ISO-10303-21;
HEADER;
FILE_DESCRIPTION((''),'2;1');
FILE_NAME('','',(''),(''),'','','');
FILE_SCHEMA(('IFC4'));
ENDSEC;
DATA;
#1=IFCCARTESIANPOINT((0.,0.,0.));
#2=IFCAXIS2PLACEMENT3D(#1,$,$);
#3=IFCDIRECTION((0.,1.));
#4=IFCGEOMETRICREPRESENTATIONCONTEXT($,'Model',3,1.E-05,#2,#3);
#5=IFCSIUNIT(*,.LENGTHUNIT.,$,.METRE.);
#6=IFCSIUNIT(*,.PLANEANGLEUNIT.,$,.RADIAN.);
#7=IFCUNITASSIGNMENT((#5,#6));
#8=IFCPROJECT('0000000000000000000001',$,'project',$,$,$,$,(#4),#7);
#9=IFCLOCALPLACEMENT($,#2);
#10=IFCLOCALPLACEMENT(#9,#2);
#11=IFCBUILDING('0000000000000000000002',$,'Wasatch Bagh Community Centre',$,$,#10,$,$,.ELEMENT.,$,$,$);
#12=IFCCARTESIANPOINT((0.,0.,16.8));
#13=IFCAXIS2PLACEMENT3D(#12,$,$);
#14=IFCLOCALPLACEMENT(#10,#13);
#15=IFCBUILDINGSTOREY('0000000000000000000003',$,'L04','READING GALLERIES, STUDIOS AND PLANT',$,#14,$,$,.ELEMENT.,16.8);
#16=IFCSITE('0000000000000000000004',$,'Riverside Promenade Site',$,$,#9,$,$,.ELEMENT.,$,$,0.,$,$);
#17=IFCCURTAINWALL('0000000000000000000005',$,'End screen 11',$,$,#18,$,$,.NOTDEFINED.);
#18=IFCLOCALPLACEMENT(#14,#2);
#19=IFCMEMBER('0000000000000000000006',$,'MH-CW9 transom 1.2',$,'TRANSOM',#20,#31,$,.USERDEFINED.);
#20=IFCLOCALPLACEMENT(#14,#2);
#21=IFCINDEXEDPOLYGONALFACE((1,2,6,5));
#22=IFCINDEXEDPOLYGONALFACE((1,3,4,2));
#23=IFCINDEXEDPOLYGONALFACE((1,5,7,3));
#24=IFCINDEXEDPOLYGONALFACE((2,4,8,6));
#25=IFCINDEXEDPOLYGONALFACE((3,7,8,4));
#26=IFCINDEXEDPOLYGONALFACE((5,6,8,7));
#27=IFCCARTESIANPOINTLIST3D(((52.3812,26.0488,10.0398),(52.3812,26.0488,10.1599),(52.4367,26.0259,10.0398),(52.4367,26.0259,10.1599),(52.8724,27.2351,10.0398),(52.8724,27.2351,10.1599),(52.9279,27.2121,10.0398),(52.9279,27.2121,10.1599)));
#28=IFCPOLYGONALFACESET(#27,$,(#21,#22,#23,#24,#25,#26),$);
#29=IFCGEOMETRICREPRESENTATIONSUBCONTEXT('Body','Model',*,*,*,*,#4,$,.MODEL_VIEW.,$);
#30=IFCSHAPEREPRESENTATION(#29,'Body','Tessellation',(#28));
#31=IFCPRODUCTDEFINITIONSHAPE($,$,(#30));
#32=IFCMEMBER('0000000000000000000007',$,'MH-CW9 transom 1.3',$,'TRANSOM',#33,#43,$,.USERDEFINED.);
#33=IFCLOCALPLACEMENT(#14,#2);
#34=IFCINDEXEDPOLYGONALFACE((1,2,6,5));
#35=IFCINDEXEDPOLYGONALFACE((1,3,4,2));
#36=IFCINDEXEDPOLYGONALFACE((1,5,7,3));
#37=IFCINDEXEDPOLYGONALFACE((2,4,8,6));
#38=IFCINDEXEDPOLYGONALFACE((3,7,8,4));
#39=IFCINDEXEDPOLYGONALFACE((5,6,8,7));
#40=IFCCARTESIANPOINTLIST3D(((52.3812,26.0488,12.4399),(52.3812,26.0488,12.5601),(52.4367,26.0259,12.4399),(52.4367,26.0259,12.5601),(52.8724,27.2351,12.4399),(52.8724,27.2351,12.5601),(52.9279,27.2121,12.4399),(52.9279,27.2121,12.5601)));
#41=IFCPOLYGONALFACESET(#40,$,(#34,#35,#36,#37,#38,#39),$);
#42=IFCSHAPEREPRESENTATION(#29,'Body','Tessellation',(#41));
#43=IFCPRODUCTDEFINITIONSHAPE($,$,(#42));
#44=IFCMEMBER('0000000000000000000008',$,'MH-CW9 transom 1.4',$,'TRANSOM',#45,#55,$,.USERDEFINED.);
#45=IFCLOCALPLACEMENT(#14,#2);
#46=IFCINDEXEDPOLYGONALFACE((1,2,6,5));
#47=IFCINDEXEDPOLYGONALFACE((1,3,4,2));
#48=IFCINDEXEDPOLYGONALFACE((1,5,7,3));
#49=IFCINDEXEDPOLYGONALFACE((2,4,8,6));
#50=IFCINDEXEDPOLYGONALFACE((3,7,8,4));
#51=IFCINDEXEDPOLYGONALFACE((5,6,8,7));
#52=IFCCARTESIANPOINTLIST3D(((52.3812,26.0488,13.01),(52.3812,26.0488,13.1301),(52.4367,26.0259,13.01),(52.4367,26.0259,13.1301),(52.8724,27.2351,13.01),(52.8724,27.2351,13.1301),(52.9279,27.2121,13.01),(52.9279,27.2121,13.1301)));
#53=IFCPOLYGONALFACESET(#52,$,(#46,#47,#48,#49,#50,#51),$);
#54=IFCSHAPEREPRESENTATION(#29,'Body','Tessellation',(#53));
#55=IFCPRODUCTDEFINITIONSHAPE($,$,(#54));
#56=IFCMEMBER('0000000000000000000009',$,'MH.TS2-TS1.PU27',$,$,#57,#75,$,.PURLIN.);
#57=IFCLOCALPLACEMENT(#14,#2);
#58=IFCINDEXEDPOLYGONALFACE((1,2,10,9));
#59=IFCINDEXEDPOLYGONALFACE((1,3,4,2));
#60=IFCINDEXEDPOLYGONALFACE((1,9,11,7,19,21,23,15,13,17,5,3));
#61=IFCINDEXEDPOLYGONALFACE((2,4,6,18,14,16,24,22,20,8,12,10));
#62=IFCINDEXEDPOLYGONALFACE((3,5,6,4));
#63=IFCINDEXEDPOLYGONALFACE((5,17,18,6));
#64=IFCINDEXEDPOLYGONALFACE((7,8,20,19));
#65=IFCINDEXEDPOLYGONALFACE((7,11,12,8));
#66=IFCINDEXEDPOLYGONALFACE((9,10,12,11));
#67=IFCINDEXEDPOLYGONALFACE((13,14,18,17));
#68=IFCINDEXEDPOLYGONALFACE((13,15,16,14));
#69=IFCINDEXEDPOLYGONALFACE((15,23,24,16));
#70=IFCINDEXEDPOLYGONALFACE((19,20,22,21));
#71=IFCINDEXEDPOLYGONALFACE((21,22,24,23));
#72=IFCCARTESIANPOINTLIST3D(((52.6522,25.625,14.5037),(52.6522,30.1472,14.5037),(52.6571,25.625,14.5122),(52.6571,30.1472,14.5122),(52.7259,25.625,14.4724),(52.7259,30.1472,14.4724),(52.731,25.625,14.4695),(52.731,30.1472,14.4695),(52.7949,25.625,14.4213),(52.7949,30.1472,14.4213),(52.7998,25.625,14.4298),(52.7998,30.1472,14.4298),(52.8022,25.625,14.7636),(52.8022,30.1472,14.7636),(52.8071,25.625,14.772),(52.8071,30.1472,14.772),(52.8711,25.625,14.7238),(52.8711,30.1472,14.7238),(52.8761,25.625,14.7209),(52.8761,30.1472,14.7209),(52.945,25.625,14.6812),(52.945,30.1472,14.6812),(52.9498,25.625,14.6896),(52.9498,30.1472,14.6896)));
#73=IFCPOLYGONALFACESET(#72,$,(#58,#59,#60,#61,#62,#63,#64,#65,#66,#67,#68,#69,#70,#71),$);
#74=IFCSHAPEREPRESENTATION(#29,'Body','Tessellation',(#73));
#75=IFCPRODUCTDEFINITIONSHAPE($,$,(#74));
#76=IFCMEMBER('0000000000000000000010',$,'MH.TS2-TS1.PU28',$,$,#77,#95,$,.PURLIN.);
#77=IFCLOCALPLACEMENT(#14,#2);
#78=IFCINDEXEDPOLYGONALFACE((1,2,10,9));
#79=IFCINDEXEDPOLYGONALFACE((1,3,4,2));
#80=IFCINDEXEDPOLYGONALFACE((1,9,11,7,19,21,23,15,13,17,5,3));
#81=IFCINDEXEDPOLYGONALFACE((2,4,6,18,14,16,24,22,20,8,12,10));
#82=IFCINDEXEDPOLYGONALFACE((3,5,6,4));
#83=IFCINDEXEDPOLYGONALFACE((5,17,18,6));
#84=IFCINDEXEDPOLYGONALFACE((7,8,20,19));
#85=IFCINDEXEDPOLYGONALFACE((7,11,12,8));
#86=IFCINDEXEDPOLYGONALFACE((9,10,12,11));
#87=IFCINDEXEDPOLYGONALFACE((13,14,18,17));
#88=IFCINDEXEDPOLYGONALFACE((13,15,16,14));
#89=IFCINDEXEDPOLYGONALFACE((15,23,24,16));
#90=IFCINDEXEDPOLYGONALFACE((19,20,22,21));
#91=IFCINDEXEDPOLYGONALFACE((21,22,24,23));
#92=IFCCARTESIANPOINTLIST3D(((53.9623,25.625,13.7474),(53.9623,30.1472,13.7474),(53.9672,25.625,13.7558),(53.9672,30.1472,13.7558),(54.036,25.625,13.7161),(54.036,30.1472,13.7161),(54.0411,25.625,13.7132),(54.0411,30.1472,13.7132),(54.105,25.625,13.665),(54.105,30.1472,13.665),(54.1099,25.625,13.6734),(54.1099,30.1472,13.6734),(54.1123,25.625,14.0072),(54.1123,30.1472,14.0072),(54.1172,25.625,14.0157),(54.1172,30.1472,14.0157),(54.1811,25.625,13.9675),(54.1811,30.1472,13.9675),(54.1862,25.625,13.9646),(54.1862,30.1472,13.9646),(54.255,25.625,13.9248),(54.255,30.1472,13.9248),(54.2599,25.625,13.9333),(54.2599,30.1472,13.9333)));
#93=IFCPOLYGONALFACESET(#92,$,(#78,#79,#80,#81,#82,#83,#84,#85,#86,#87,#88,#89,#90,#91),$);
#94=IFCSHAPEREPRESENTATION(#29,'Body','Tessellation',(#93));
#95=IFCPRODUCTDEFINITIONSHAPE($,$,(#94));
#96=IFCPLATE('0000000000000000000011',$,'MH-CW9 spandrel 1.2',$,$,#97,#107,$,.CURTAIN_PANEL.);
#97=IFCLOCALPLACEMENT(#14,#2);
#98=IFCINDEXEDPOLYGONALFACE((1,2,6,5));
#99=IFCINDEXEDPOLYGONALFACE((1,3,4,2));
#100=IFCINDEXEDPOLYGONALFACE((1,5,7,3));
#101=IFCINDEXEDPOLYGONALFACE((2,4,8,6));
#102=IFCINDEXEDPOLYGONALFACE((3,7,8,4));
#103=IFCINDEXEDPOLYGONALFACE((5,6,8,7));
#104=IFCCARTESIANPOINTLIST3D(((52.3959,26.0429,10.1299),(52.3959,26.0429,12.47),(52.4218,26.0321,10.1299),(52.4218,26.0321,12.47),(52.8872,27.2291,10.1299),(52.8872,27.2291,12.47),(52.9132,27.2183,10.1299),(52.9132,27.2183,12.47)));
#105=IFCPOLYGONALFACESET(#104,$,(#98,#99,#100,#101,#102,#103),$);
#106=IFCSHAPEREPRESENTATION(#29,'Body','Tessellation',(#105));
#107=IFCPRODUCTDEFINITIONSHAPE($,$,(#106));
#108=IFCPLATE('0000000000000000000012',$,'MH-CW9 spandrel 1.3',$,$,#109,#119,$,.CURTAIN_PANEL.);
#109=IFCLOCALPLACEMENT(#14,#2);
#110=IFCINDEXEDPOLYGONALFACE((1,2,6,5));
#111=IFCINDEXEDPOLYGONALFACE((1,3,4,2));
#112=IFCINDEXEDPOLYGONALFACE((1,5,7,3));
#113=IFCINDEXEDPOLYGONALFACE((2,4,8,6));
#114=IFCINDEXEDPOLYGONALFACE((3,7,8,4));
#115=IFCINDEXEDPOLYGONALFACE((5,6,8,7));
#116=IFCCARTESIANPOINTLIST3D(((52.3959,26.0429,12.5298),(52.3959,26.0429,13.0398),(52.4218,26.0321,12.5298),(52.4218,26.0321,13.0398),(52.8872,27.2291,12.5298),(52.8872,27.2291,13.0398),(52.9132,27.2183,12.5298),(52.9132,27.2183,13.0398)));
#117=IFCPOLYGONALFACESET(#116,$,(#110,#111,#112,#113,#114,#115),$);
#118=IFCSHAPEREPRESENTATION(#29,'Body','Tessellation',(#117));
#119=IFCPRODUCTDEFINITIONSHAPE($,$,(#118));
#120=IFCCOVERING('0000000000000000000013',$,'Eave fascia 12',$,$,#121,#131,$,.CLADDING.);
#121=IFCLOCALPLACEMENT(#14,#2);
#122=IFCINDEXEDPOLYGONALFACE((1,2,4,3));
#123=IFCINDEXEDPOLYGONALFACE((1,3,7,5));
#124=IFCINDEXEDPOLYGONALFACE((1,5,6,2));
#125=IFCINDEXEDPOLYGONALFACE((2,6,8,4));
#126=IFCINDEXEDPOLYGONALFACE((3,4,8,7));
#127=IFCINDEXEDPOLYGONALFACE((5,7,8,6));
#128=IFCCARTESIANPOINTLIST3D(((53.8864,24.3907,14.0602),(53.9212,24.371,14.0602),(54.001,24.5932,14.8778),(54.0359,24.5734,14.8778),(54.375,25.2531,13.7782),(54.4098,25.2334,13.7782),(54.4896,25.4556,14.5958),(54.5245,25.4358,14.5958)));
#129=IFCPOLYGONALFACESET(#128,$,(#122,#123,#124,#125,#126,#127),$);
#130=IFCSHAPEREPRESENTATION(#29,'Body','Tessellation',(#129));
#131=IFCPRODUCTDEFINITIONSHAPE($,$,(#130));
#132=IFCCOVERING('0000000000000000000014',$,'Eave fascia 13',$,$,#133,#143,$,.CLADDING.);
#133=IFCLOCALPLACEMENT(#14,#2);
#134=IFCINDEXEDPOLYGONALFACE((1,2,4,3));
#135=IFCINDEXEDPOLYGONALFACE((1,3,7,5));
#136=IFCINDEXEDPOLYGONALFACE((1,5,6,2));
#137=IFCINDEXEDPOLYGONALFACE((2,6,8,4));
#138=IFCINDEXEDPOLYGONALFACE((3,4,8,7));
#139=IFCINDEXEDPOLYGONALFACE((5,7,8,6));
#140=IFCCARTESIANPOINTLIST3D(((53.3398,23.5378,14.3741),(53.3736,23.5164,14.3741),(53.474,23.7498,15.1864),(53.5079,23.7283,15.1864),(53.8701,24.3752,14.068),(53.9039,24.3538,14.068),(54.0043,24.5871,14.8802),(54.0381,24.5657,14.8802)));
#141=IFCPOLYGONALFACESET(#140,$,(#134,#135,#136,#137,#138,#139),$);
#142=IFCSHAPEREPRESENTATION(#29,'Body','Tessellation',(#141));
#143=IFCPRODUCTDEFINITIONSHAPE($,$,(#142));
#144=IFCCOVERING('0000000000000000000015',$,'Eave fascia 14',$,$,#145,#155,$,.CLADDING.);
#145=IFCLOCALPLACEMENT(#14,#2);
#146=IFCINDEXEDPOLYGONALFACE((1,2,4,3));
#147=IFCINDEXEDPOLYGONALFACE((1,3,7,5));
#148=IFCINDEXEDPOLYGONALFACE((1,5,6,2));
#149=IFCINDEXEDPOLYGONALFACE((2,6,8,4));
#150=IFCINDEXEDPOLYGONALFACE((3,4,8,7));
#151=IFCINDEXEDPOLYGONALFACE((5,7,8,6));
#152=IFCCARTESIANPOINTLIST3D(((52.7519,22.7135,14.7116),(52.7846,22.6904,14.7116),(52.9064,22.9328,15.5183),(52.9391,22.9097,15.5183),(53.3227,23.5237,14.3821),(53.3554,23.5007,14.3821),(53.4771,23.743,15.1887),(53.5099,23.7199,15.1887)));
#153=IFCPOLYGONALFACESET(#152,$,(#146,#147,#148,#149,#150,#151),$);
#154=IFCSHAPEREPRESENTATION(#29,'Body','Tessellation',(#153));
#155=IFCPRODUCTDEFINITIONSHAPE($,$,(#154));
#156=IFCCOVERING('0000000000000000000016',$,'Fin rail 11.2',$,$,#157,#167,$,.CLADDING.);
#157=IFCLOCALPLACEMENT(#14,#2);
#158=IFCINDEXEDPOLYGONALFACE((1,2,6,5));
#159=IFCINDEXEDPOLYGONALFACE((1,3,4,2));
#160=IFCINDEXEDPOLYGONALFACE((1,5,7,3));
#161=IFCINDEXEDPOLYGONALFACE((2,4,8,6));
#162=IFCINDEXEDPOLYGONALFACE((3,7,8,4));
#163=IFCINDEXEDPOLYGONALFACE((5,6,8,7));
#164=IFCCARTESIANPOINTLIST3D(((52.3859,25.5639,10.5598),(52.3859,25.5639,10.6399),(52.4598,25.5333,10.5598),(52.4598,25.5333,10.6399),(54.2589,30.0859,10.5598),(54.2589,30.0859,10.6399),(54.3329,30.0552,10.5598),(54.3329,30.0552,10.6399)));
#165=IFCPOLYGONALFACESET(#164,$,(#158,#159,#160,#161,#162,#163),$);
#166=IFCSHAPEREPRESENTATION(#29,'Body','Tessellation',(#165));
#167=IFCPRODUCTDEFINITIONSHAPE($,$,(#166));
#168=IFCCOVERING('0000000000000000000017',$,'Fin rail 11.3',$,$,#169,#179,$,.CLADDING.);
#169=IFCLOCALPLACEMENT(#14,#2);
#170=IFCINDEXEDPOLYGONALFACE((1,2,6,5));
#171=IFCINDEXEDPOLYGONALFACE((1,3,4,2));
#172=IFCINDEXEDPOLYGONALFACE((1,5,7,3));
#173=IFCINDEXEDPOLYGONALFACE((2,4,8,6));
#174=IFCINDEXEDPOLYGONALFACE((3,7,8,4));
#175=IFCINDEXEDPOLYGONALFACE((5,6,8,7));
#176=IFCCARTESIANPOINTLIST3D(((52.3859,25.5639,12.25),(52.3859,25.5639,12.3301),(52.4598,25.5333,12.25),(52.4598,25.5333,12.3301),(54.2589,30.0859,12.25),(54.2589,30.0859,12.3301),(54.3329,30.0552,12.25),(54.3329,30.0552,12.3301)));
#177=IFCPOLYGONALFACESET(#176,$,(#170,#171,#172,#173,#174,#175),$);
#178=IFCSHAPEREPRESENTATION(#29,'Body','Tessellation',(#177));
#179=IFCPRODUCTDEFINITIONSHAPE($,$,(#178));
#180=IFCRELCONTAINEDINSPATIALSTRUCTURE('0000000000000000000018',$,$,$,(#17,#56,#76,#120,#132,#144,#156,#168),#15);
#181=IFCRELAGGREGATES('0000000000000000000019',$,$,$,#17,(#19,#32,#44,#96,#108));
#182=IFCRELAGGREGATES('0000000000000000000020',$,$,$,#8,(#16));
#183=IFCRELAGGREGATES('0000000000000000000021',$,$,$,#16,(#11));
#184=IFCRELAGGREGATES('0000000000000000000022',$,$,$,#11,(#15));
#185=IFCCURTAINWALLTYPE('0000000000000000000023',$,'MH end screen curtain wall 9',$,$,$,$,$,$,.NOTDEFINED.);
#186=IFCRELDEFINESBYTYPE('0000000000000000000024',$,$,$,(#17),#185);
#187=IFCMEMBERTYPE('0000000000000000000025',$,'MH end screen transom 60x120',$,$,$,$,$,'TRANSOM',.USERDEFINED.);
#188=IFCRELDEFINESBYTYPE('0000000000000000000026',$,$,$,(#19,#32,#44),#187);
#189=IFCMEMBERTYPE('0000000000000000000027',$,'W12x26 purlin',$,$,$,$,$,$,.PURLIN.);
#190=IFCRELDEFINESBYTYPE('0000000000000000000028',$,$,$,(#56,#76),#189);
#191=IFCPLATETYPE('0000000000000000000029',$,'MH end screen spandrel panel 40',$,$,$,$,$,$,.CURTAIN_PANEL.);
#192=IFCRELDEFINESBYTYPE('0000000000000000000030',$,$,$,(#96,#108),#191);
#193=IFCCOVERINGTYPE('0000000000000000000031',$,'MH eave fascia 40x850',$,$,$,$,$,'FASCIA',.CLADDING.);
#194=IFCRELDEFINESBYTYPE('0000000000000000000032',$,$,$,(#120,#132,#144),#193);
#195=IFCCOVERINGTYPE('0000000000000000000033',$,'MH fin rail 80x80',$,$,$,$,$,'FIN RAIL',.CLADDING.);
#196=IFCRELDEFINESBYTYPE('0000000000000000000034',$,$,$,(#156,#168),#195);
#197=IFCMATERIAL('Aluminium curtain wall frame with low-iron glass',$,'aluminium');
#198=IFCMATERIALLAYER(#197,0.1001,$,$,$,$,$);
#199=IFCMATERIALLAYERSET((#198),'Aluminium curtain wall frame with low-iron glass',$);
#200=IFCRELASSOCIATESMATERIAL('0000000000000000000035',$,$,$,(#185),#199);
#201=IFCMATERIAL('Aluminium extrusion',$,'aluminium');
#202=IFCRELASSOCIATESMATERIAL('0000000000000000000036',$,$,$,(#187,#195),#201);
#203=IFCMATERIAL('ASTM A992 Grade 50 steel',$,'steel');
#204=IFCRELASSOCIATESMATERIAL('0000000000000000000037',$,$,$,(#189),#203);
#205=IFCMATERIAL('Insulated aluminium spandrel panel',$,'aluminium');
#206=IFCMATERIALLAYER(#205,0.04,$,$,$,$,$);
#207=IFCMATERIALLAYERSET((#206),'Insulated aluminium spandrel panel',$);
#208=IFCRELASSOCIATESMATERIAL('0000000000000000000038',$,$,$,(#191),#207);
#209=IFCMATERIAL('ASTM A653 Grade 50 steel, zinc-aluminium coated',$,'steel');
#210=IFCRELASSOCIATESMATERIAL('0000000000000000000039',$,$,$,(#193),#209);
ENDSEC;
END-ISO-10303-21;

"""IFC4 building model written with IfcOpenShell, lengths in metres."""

from ifc_helpers import new_model, si_unit, direction, frame, origin, origin_2d, place, context, subcontext, project, spatial, rectangle, i_section, extrude, material, layer, layer_set, material_profile, profile_set, type_object, element, aggregate, save


model = new_model("IFC4")

# Units and contexts
model_context = context("Model", 3, precision=1e-05, world=origin(), true_north=direction((0.0, 1.0)))
body_context = subcontext(model_context, "Body", "Model", "MODEL_VIEW")
ifc_project = project(units=[si_unit("LENGTHUNIT", "METRE"), si_unit("PLANEANGLEUNIT", "RADIAN")], contexts=[model_context])

# Site, building, storey
site_placement = place(None, origin())
site = spatial("IfcSite", under=ifc_project, at=site_placement, Name="Riverside Promenade Site", CompositionType="ELEMENT", RefElevation=0.0)
building_placement = place(site_placement, origin())
building = spatial("IfcBuilding", under=site, at=building_placement, Name="Wasatch Bagh Community Centre", CompositionType="ELEMENT")
storey_placement = place(building_placement, frame((0.0, 0.0, 16.8)))
storey = spatial("IfcBuildingStorey", under=building, at=storey_placement, Name="L04", Description="READING GALLERIES, STUDIOS AND PLANT", CompositionType="ELEMENT", Elevation=16.8)

# Curtain wall, members
ifc_material_1 = material(Name="Aluminium curtain wall frame with low-iron glass", Category="aluminium")
ifc_layer_1 = layer(ifc_material_1, 0.1001)
ifc_layer_set_1 = layer_set([ifc_layer_1], Name="Aluminium curtain wall frame with low-iron glass")
curtain_wall_type = type_object("IfcCurtainWallType", Name="MH end screen curtain wall 9", PredefinedType="NOTDEFINED", material=ifc_layer_set_1)
curtain_wall_placement = place(storey_placement, origin())
curtain_wall = element("IfcCurtainWall", 1, at=curtain_wall_placement, inside=storey, type_object=curtain_wall_type, Name="End screen 11", PredefinedType="NOTDEFINED")
ifc_material_2 = material(Name="Aluminium extrusion", Category="aluminium")
ifc_material_profile_1 = material_profile(ifc_material_2, rectangle(XDim=0.0601, YDim=0.1201, at=origin_2d()), Name="AL 60x120")
ifc_profile_set_1 = profile_set([ifc_material_profile_1], Name="Aluminium extrusion")
member_type_1 = type_object("IfcMemberType", Name="MH end screen transom 60x120", ElementType="TRANSOM", PredefinedType="USERDEFINED", material=ifc_profile_set_1)
member_1_placement = place(storey_placement, frame((52.4089, 26.0374, 10.0999), z_axis=(0.382576, 0.923924, 0.0), x_axis=(-0.923924, 0.382576, 0.0)))
member_1 = element("IfcMember", 2, at=member_1_placement, type_object=member_type_1, Name="MH-CW9 transom 1.2", ObjectType="TRANSOM", PredefinedType="USERDEFINED", context=body_context, shape_type="SweptSolid", body=[
    extrude(rectangle(XDim=0.0601, YDim=0.1201, at=origin_2d()), origin(), (0.0, 0.0, 1.0), 1.2839),
])
member_2_placement = place(storey_placement, frame((52.4089, 26.0374, 12.5), z_axis=(0.382576, 0.923924, 0.0), x_axis=(-0.923924, 0.382576, 0.0)))
member_2 = element("IfcMember", 3, at=member_2_placement, type_object=member_type_1, Name="MH-CW9 transom 1.3", ObjectType="TRANSOM", PredefinedType="USERDEFINED", context=body_context, shape_type="SweptSolid", body=[
    extrude(rectangle(XDim=0.0601, YDim=0.1201, at=origin_2d()), origin(), (0.0, 0.0, 1.0), 1.2839),
])
member_3_placement = place(storey_placement, frame((52.4089, 26.0374, 13.0701), z_axis=(0.382576, 0.923924, 0.0), x_axis=(-0.923924, 0.382576, 0.0)))
member_3 = element("IfcMember", 4, at=member_3_placement, type_object=member_type_1, Name="MH-CW9 transom 1.4", ObjectType="TRANSOM", PredefinedType="USERDEFINED", context=body_context, shape_type="SweptSolid", body=[
    extrude(rectangle(XDim=0.0601, YDim=0.1201, at=origin_2d()), origin(), (0.0, 0.0, 1.0), 1.2839),
])

# Members
ifc_material_3 = material(Name="ASTM A992 Grade 50 steel", Category="steel")
ifc_material_profile_2 = material_profile(ifc_material_3, i_section(OverallWidth=0.1648, OverallDepth=0.3098, WebThickness=0.0059, FlangeThickness=0.0098, at=origin_2d()), Name="W12x26")
ifc_profile_set_2 = profile_set([ifc_material_profile_2], Name="ASTM A992 Grade 50 steel")
member_type_2 = type_object("IfcMemberType", Name="W12x26 purlin", PredefinedType="PURLIN", material=ifc_profile_set_2)
for number, where, z_axis, x_axis, name in (
    (5, (52.801, 25.625, 14.5967), (0.0, 1.0, 0.0), (-0.866025, 0.0, 0.5), "MH.TS2-TS1.PU27"),
    (6, (54.1111, 25.625, 13.8403), (0.0, 1.0, 0.0), (-0.866025, 0.0, 0.5), "MH.TS2-TS1.PU28"),
):
    element("IfcMember", number, at=place(storey_placement, frame(where, z_axis=z_axis, x_axis=x_axis)), inside=storey, type_object=member_type_2, Name=name, PredefinedType="PURLIN", context=body_context, shape_type="SweptSolid", body=[
        extrude(i_section(OverallWidth=0.1648, OverallDepth=0.3098, WebThickness=0.0059, FlangeThickness=0.0098, at=origin_2d()), origin(), (0.0, 0.0, 1.0), 4.5222),
    ])

# Plates
ifc_material_4 = material(Name="Insulated aluminium spandrel panel", Category="aluminium")
ifc_layer_2 = layer(ifc_material_4, 0.04)
ifc_layer_set_2 = layer_set([ifc_layer_2], Name="Insulated aluminium spandrel panel")
plate_type = type_object("IfcPlateType", Name="MH end screen spandrel panel 40", PredefinedType="CURTAIN_PANEL", material=ifc_layer_set_2)
plate_1_placement = place(storey_placement, frame((52.6545, 26.6306, 10.1299), z_axis=(0.0, 0.0, 1.0), x_axis=(0.382683, 0.92388, 0.0)))
plate_1 = element("IfcPlate", 7, at=plate_1_placement, type_object=plate_type, Name="MH-CW9 spandrel 1.2", PredefinedType="CURTAIN_PANEL", context=body_context, shape_type="SweptSolid", body=[
    extrude(rectangle(XDim=1.2839, YDim=0.0281, at=origin_2d()), origin(), (0.0, 0.0, 1.0), 2.3401),
])
plate_2_placement = place(storey_placement, frame((52.6545, 26.6306, 12.5298), z_axis=(0.0, 0.0, 1.0), x_axis=(0.382683, 0.92388, 0.0)))
plate_2 = element("IfcPlate", 8, at=plate_2_placement, type_object=plate_type, Name="MH-CW9 spandrel 1.3", PredefinedType="CURTAIN_PANEL", context=body_context, shape_type="SweptSolid", body=[
    extrude(rectangle(XDim=1.2839, YDim=0.0281, at=origin_2d()), origin(), (0.0, 0.0, 1.0), 0.51),
])
aggregate(curtain_wall, [member_1, member_2, member_3, plate_1, plate_2])

# Coverings
ifc_material_5 = material(Name="ASTM A653 Grade 50 steel, zinc-aluminium coated", Category="steel")
ifc_material_profile_3 = material_profile(ifc_material_5, rectangle(XDim=0.04, YDim=0.8501, at=origin_2d()), Name="FASCIA 40x850")
ifc_profile_set_3 = profile_set([ifc_material_profile_3], Name="ASTM A653 Grade 50 steel, zinc-aluminium coated")
covering_type_1 = type_object("IfcCoveringType", Name="MH eave fascia 40x850", ElementType="FASCIA", PredefinedType="CLADDING", material=ifc_profile_set_3)
covering_1_placement = place(storey_placement, frame((54.4497, 25.3445, 14.187), z_axis=(-0.474109, -0.836858, 0.273661), x_axis=(0.870071, -0.492926, 0.0)))
element("IfcCovering", 9, at=covering_1_placement, inside=storey, type_object=covering_type_1, Name="Eave fascia 12", PredefinedType="CLADDING", context=body_context, shape_type="SweptSolid", body=[
    extrude(rectangle(XDim=0.04, YDim=0.8501, at=origin_2d()), origin(), (0.0, 0.0, 1.0), 1.0305),
])
covering_2_placement = place(storey_placement, frame((53.9541, 24.4705, 14.4741), z_axis=(-0.511165, -0.807226, 0.29512), x_axis=(0.844856, -0.534993, 0.0)))
element("IfcCovering", 10, at=covering_2_placement, inside=storey, type_object=covering_type_1, Name="Eave fascia 13", PredefinedType="CLADDING", context=body_context, shape_type="SweptSolid", body=[
    extrude(rectangle(XDim=0.04, YDim=0.8501, at=origin_2d()), origin(), (0.0, 0.0, 1.0), 1.0374),
])
covering_3_placement = place(storey_placement, frame((53.4163, 23.6218, 14.7854), z_axis=(-0.546469, -0.775762, 0.31554), x_axis=(0.817527, -0.57589, 0.0)))
element("IfcCovering", 11, at=covering_3_placement, inside=storey, type_object=covering_type_1, Name="Eave fascia 14", PredefinedType="CLADDING", context=body_context, shape_type="SweptSolid", body=[
    extrude(rectangle(XDim=0.04, YDim=0.8501, at=origin_2d()), origin(), (0.0, 0.0, 1.0), 1.0444),
])
ifc_material_profile_4 = material_profile(ifc_material_2, rectangle(XDim=0.0801, YDim=0.0801, at=origin_2d()), Name="AL 80x80")
ifc_profile_set_4 = profile_set([ifc_material_profile_4], Name="Aluminium extrusion")
covering_type_2 = type_object("IfcCoveringType", Name="MH fin rail 80x80", ElementType="FIN RAIL", PredefinedType="CLADDING", material=ifc_profile_set_4)
for number, where, z_axis, x_axis, name in (
    (12, (52.4229, 25.5486, 10.5999), (0.382681, 0.923881, 0.0), (-0.923881, 0.382681, 0.0), "Fin rail 11.2"),
    (13, (52.4229, 25.5486, 12.29), (0.382681, 0.923881, 0.0), (-0.923881, 0.382681, 0.0), "Fin rail 11.3"),
):
    element("IfcCovering", number, at=place(storey_placement, frame(where, z_axis=z_axis, x_axis=x_axis)), inside=storey, type_object=covering_type_2, Name=name, PredefinedType="CLADDING", context=body_context, shape_type="SweptSolid", body=[
        extrude(rectangle(XDim=0.0801, YDim=0.0801, at=origin_2d()), origin(), (0.0, 0.0, 1.0), 4.8945),
    ])

save(model, "model.ifc")
